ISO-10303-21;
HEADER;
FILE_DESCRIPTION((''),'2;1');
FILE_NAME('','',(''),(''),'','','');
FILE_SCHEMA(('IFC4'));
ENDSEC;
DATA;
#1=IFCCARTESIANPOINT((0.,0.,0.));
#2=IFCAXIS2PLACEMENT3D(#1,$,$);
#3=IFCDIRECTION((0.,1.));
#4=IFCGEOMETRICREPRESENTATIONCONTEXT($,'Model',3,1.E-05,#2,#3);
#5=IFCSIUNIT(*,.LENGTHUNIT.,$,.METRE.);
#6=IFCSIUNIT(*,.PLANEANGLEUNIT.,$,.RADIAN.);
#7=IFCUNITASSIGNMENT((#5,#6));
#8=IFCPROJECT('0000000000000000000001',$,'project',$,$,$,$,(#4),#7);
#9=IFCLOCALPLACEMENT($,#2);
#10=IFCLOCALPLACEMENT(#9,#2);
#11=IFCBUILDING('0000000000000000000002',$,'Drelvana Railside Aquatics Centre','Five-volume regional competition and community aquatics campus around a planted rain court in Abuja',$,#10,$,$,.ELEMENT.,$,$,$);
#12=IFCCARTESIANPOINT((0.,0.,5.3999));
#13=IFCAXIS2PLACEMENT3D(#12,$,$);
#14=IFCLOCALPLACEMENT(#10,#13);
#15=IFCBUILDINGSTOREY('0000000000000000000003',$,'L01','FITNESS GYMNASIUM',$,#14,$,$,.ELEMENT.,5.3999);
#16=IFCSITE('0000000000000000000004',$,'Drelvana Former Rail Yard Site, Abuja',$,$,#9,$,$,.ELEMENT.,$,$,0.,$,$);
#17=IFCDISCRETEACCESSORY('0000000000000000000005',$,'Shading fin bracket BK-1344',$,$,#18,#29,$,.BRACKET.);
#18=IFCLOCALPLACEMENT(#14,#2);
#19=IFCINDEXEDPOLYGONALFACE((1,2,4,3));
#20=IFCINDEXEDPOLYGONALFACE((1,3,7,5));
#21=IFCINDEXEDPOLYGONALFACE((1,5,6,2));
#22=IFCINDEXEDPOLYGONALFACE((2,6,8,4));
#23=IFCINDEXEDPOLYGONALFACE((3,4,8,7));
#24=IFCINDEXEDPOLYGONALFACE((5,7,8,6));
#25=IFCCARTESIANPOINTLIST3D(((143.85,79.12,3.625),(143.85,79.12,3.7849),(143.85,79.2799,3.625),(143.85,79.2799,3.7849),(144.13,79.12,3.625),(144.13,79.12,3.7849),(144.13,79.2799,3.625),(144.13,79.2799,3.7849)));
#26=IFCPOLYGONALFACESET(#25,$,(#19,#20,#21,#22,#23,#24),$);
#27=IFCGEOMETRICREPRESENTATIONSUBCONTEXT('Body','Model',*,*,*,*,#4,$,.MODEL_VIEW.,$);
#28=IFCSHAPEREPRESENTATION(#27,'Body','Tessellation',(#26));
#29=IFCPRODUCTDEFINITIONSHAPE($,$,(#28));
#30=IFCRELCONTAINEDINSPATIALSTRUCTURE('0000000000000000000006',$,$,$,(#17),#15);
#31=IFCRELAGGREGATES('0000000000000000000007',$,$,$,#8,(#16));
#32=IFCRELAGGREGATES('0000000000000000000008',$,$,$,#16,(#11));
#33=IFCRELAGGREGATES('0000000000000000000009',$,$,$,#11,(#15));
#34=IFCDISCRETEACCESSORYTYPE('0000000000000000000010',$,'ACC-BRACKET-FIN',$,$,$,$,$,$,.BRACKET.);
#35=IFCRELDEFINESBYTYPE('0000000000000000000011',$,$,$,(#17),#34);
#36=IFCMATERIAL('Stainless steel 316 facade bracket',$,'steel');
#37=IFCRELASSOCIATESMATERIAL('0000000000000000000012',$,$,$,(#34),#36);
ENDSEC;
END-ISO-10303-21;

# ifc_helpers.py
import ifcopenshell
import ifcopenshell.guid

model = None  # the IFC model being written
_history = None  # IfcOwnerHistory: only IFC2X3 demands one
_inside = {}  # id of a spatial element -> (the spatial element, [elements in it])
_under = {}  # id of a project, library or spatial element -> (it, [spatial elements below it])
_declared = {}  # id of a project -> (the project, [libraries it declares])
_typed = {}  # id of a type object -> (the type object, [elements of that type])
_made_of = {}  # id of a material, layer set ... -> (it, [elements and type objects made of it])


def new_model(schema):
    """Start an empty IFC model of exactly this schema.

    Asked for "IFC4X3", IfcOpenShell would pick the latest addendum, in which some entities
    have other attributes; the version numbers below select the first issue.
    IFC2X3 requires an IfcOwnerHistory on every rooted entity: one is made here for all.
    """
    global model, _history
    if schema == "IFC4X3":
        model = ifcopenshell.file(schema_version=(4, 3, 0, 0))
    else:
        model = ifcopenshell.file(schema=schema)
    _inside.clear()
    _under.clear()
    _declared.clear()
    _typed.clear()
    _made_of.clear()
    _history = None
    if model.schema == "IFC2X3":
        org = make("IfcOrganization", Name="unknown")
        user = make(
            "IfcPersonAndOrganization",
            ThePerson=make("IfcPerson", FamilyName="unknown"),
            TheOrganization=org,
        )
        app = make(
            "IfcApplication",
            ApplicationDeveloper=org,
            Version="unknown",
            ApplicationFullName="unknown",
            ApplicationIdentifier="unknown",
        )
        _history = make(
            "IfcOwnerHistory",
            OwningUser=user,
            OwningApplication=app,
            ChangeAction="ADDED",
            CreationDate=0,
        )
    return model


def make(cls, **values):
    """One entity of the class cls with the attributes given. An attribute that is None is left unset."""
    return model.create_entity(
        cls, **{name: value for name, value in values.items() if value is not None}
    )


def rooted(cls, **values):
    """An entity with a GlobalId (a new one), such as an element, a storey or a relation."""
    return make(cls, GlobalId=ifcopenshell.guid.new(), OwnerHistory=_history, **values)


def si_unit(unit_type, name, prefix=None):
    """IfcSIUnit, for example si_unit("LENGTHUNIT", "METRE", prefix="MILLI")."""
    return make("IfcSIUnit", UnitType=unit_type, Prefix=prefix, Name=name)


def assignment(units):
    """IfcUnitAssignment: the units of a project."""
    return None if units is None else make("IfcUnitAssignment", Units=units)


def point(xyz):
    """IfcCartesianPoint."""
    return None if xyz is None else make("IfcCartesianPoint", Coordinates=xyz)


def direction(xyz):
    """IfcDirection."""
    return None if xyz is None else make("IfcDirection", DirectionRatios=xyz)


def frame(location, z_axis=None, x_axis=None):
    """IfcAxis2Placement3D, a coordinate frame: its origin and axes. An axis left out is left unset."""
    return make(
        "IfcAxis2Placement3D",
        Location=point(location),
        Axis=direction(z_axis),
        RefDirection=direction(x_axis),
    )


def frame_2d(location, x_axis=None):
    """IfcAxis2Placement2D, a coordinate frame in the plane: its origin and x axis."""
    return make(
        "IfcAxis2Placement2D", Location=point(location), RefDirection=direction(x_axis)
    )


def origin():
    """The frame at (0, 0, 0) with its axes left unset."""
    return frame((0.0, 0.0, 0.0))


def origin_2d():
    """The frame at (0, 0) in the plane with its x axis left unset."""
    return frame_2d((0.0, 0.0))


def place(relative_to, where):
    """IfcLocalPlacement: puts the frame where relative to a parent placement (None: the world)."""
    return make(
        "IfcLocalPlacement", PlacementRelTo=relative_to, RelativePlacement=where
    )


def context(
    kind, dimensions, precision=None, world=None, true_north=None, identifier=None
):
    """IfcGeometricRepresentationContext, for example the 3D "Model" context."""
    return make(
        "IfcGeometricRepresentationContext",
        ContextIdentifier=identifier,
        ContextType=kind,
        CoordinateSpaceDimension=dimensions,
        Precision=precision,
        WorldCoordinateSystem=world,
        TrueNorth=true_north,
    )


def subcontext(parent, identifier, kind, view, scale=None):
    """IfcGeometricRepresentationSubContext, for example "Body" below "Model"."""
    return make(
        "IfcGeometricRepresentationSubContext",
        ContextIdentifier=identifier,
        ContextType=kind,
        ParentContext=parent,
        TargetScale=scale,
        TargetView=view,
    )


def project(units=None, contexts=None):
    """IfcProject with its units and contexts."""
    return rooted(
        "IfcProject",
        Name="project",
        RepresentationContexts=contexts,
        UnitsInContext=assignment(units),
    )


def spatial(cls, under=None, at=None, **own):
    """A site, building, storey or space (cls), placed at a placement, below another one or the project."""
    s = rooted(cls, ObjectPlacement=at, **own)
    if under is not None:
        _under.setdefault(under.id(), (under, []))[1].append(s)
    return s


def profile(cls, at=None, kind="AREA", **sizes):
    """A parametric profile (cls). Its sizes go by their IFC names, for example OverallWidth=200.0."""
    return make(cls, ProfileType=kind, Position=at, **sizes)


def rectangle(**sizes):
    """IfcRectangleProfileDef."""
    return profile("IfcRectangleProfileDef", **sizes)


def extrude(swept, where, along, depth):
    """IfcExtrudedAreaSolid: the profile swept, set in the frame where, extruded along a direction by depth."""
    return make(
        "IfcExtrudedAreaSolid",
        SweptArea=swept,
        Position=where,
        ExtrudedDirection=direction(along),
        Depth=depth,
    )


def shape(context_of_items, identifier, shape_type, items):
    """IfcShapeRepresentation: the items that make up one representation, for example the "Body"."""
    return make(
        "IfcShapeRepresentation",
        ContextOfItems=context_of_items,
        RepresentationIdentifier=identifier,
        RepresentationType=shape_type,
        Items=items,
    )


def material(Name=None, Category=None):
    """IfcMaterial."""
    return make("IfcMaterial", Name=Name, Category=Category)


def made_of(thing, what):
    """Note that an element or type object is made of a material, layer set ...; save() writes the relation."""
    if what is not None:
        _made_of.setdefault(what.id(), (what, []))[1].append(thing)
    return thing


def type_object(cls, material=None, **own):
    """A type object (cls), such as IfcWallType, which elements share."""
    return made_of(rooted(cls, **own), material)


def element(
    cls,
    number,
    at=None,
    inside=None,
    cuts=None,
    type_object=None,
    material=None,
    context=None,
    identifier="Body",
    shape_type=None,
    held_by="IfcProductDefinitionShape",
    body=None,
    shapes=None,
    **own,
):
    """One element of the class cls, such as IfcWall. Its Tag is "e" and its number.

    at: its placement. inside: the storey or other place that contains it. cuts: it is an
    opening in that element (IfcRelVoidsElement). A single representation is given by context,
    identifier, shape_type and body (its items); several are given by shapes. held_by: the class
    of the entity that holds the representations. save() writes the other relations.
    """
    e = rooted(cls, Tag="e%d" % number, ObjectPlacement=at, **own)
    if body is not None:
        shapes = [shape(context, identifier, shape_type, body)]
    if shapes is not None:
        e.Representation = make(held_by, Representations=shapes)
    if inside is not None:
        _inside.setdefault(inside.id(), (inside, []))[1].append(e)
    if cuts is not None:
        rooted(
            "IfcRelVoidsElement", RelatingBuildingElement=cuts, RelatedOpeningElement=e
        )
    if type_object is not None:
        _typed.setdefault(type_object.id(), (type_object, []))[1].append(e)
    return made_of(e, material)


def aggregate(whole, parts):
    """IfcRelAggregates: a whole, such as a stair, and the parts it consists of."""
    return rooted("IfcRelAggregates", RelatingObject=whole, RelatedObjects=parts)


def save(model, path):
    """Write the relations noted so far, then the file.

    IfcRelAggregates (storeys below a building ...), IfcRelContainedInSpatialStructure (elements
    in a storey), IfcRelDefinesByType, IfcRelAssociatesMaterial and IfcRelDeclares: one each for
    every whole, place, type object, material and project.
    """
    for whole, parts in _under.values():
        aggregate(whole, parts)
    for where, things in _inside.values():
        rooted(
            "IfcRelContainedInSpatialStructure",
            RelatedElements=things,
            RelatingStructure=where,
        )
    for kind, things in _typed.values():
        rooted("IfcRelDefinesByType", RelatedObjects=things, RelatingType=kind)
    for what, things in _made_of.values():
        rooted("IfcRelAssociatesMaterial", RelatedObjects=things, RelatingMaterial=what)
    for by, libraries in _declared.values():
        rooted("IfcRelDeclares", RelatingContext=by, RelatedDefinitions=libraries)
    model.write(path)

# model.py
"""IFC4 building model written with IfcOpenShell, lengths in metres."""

from ifc_helpers import new_model, si_unit, direction, frame, origin, origin_2d, place, context, subcontext, project, spatial, rectangle, extrude, material, type_object, element, save


model = new_model("IFC4")

# Units and contexts
model_context = context("Model", 3, precision=1e-05, world=origin(), true_north=direction((0.0, 1.0)))
body_context = subcontext(model_context, "Body", "Model", "MODEL_VIEW")
ifc_project = project(units=[si_unit("LENGTHUNIT", "METRE"), si_unit("PLANEANGLEUNIT", "RADIAN")], contexts=[model_context])

# Site, building, storey
site_placement = place(None, origin())
site = spatial("IfcSite", under=ifc_project, at=site_placement, Name="Drelvana Former Rail Yard Site, Abuja", CompositionType="ELEMENT", RefElevation=0.0)
building_placement = place(site_placement, origin())
building = spatial("IfcBuilding", under=site, at=building_placement, Name="Drelvana Railside Aquatics Centre", Description="Five-volume regional competition and community aquatics campus around a planted rain court in Abuja", CompositionType="ELEMENT")
storey_placement = place(building_placement, frame((0.0, 0.0, 5.3999)))
storey = spatial("IfcBuildingStorey", under=building, at=storey_placement, Name="L01", Description="FITNESS GYMNASIUM", CompositionType="ELEMENT", Elevation=5.3999)

# Discrete accessory
ifc_material_1 = material(Name="Stainless steel 316 facade bracket", Category="steel")
discrete_accessory_type = type_object("IfcDiscreteAccessoryType", Name="ACC-BRACKET-FIN", PredefinedType="BRACKET", material=ifc_material_1)
for number, where, z_axis, x_axis, name in (
    (1, (143.99, 79.2, 3.625), (0.0, 0.0, 1.0), (-1.0, 0.0, 0.0), "Shading fin bracket BK-1344"),
):
    element("IfcDiscreteAccessory", number, at=place(storey_placement, frame(where, z_axis=z_axis, x_axis=x_axis)), inside=storey, type_object=discrete_accessory_type, Name=name, PredefinedType="BRACKET", context=body_context, shape_type="SweptSolid", body=[
        extrude(rectangle(XDim=0.28, YDim=0.1599, at=origin_2d()), origin(), (0.0, 0.0, 1.0), 0.1599),
    ])

save(model, "model.ifc")
